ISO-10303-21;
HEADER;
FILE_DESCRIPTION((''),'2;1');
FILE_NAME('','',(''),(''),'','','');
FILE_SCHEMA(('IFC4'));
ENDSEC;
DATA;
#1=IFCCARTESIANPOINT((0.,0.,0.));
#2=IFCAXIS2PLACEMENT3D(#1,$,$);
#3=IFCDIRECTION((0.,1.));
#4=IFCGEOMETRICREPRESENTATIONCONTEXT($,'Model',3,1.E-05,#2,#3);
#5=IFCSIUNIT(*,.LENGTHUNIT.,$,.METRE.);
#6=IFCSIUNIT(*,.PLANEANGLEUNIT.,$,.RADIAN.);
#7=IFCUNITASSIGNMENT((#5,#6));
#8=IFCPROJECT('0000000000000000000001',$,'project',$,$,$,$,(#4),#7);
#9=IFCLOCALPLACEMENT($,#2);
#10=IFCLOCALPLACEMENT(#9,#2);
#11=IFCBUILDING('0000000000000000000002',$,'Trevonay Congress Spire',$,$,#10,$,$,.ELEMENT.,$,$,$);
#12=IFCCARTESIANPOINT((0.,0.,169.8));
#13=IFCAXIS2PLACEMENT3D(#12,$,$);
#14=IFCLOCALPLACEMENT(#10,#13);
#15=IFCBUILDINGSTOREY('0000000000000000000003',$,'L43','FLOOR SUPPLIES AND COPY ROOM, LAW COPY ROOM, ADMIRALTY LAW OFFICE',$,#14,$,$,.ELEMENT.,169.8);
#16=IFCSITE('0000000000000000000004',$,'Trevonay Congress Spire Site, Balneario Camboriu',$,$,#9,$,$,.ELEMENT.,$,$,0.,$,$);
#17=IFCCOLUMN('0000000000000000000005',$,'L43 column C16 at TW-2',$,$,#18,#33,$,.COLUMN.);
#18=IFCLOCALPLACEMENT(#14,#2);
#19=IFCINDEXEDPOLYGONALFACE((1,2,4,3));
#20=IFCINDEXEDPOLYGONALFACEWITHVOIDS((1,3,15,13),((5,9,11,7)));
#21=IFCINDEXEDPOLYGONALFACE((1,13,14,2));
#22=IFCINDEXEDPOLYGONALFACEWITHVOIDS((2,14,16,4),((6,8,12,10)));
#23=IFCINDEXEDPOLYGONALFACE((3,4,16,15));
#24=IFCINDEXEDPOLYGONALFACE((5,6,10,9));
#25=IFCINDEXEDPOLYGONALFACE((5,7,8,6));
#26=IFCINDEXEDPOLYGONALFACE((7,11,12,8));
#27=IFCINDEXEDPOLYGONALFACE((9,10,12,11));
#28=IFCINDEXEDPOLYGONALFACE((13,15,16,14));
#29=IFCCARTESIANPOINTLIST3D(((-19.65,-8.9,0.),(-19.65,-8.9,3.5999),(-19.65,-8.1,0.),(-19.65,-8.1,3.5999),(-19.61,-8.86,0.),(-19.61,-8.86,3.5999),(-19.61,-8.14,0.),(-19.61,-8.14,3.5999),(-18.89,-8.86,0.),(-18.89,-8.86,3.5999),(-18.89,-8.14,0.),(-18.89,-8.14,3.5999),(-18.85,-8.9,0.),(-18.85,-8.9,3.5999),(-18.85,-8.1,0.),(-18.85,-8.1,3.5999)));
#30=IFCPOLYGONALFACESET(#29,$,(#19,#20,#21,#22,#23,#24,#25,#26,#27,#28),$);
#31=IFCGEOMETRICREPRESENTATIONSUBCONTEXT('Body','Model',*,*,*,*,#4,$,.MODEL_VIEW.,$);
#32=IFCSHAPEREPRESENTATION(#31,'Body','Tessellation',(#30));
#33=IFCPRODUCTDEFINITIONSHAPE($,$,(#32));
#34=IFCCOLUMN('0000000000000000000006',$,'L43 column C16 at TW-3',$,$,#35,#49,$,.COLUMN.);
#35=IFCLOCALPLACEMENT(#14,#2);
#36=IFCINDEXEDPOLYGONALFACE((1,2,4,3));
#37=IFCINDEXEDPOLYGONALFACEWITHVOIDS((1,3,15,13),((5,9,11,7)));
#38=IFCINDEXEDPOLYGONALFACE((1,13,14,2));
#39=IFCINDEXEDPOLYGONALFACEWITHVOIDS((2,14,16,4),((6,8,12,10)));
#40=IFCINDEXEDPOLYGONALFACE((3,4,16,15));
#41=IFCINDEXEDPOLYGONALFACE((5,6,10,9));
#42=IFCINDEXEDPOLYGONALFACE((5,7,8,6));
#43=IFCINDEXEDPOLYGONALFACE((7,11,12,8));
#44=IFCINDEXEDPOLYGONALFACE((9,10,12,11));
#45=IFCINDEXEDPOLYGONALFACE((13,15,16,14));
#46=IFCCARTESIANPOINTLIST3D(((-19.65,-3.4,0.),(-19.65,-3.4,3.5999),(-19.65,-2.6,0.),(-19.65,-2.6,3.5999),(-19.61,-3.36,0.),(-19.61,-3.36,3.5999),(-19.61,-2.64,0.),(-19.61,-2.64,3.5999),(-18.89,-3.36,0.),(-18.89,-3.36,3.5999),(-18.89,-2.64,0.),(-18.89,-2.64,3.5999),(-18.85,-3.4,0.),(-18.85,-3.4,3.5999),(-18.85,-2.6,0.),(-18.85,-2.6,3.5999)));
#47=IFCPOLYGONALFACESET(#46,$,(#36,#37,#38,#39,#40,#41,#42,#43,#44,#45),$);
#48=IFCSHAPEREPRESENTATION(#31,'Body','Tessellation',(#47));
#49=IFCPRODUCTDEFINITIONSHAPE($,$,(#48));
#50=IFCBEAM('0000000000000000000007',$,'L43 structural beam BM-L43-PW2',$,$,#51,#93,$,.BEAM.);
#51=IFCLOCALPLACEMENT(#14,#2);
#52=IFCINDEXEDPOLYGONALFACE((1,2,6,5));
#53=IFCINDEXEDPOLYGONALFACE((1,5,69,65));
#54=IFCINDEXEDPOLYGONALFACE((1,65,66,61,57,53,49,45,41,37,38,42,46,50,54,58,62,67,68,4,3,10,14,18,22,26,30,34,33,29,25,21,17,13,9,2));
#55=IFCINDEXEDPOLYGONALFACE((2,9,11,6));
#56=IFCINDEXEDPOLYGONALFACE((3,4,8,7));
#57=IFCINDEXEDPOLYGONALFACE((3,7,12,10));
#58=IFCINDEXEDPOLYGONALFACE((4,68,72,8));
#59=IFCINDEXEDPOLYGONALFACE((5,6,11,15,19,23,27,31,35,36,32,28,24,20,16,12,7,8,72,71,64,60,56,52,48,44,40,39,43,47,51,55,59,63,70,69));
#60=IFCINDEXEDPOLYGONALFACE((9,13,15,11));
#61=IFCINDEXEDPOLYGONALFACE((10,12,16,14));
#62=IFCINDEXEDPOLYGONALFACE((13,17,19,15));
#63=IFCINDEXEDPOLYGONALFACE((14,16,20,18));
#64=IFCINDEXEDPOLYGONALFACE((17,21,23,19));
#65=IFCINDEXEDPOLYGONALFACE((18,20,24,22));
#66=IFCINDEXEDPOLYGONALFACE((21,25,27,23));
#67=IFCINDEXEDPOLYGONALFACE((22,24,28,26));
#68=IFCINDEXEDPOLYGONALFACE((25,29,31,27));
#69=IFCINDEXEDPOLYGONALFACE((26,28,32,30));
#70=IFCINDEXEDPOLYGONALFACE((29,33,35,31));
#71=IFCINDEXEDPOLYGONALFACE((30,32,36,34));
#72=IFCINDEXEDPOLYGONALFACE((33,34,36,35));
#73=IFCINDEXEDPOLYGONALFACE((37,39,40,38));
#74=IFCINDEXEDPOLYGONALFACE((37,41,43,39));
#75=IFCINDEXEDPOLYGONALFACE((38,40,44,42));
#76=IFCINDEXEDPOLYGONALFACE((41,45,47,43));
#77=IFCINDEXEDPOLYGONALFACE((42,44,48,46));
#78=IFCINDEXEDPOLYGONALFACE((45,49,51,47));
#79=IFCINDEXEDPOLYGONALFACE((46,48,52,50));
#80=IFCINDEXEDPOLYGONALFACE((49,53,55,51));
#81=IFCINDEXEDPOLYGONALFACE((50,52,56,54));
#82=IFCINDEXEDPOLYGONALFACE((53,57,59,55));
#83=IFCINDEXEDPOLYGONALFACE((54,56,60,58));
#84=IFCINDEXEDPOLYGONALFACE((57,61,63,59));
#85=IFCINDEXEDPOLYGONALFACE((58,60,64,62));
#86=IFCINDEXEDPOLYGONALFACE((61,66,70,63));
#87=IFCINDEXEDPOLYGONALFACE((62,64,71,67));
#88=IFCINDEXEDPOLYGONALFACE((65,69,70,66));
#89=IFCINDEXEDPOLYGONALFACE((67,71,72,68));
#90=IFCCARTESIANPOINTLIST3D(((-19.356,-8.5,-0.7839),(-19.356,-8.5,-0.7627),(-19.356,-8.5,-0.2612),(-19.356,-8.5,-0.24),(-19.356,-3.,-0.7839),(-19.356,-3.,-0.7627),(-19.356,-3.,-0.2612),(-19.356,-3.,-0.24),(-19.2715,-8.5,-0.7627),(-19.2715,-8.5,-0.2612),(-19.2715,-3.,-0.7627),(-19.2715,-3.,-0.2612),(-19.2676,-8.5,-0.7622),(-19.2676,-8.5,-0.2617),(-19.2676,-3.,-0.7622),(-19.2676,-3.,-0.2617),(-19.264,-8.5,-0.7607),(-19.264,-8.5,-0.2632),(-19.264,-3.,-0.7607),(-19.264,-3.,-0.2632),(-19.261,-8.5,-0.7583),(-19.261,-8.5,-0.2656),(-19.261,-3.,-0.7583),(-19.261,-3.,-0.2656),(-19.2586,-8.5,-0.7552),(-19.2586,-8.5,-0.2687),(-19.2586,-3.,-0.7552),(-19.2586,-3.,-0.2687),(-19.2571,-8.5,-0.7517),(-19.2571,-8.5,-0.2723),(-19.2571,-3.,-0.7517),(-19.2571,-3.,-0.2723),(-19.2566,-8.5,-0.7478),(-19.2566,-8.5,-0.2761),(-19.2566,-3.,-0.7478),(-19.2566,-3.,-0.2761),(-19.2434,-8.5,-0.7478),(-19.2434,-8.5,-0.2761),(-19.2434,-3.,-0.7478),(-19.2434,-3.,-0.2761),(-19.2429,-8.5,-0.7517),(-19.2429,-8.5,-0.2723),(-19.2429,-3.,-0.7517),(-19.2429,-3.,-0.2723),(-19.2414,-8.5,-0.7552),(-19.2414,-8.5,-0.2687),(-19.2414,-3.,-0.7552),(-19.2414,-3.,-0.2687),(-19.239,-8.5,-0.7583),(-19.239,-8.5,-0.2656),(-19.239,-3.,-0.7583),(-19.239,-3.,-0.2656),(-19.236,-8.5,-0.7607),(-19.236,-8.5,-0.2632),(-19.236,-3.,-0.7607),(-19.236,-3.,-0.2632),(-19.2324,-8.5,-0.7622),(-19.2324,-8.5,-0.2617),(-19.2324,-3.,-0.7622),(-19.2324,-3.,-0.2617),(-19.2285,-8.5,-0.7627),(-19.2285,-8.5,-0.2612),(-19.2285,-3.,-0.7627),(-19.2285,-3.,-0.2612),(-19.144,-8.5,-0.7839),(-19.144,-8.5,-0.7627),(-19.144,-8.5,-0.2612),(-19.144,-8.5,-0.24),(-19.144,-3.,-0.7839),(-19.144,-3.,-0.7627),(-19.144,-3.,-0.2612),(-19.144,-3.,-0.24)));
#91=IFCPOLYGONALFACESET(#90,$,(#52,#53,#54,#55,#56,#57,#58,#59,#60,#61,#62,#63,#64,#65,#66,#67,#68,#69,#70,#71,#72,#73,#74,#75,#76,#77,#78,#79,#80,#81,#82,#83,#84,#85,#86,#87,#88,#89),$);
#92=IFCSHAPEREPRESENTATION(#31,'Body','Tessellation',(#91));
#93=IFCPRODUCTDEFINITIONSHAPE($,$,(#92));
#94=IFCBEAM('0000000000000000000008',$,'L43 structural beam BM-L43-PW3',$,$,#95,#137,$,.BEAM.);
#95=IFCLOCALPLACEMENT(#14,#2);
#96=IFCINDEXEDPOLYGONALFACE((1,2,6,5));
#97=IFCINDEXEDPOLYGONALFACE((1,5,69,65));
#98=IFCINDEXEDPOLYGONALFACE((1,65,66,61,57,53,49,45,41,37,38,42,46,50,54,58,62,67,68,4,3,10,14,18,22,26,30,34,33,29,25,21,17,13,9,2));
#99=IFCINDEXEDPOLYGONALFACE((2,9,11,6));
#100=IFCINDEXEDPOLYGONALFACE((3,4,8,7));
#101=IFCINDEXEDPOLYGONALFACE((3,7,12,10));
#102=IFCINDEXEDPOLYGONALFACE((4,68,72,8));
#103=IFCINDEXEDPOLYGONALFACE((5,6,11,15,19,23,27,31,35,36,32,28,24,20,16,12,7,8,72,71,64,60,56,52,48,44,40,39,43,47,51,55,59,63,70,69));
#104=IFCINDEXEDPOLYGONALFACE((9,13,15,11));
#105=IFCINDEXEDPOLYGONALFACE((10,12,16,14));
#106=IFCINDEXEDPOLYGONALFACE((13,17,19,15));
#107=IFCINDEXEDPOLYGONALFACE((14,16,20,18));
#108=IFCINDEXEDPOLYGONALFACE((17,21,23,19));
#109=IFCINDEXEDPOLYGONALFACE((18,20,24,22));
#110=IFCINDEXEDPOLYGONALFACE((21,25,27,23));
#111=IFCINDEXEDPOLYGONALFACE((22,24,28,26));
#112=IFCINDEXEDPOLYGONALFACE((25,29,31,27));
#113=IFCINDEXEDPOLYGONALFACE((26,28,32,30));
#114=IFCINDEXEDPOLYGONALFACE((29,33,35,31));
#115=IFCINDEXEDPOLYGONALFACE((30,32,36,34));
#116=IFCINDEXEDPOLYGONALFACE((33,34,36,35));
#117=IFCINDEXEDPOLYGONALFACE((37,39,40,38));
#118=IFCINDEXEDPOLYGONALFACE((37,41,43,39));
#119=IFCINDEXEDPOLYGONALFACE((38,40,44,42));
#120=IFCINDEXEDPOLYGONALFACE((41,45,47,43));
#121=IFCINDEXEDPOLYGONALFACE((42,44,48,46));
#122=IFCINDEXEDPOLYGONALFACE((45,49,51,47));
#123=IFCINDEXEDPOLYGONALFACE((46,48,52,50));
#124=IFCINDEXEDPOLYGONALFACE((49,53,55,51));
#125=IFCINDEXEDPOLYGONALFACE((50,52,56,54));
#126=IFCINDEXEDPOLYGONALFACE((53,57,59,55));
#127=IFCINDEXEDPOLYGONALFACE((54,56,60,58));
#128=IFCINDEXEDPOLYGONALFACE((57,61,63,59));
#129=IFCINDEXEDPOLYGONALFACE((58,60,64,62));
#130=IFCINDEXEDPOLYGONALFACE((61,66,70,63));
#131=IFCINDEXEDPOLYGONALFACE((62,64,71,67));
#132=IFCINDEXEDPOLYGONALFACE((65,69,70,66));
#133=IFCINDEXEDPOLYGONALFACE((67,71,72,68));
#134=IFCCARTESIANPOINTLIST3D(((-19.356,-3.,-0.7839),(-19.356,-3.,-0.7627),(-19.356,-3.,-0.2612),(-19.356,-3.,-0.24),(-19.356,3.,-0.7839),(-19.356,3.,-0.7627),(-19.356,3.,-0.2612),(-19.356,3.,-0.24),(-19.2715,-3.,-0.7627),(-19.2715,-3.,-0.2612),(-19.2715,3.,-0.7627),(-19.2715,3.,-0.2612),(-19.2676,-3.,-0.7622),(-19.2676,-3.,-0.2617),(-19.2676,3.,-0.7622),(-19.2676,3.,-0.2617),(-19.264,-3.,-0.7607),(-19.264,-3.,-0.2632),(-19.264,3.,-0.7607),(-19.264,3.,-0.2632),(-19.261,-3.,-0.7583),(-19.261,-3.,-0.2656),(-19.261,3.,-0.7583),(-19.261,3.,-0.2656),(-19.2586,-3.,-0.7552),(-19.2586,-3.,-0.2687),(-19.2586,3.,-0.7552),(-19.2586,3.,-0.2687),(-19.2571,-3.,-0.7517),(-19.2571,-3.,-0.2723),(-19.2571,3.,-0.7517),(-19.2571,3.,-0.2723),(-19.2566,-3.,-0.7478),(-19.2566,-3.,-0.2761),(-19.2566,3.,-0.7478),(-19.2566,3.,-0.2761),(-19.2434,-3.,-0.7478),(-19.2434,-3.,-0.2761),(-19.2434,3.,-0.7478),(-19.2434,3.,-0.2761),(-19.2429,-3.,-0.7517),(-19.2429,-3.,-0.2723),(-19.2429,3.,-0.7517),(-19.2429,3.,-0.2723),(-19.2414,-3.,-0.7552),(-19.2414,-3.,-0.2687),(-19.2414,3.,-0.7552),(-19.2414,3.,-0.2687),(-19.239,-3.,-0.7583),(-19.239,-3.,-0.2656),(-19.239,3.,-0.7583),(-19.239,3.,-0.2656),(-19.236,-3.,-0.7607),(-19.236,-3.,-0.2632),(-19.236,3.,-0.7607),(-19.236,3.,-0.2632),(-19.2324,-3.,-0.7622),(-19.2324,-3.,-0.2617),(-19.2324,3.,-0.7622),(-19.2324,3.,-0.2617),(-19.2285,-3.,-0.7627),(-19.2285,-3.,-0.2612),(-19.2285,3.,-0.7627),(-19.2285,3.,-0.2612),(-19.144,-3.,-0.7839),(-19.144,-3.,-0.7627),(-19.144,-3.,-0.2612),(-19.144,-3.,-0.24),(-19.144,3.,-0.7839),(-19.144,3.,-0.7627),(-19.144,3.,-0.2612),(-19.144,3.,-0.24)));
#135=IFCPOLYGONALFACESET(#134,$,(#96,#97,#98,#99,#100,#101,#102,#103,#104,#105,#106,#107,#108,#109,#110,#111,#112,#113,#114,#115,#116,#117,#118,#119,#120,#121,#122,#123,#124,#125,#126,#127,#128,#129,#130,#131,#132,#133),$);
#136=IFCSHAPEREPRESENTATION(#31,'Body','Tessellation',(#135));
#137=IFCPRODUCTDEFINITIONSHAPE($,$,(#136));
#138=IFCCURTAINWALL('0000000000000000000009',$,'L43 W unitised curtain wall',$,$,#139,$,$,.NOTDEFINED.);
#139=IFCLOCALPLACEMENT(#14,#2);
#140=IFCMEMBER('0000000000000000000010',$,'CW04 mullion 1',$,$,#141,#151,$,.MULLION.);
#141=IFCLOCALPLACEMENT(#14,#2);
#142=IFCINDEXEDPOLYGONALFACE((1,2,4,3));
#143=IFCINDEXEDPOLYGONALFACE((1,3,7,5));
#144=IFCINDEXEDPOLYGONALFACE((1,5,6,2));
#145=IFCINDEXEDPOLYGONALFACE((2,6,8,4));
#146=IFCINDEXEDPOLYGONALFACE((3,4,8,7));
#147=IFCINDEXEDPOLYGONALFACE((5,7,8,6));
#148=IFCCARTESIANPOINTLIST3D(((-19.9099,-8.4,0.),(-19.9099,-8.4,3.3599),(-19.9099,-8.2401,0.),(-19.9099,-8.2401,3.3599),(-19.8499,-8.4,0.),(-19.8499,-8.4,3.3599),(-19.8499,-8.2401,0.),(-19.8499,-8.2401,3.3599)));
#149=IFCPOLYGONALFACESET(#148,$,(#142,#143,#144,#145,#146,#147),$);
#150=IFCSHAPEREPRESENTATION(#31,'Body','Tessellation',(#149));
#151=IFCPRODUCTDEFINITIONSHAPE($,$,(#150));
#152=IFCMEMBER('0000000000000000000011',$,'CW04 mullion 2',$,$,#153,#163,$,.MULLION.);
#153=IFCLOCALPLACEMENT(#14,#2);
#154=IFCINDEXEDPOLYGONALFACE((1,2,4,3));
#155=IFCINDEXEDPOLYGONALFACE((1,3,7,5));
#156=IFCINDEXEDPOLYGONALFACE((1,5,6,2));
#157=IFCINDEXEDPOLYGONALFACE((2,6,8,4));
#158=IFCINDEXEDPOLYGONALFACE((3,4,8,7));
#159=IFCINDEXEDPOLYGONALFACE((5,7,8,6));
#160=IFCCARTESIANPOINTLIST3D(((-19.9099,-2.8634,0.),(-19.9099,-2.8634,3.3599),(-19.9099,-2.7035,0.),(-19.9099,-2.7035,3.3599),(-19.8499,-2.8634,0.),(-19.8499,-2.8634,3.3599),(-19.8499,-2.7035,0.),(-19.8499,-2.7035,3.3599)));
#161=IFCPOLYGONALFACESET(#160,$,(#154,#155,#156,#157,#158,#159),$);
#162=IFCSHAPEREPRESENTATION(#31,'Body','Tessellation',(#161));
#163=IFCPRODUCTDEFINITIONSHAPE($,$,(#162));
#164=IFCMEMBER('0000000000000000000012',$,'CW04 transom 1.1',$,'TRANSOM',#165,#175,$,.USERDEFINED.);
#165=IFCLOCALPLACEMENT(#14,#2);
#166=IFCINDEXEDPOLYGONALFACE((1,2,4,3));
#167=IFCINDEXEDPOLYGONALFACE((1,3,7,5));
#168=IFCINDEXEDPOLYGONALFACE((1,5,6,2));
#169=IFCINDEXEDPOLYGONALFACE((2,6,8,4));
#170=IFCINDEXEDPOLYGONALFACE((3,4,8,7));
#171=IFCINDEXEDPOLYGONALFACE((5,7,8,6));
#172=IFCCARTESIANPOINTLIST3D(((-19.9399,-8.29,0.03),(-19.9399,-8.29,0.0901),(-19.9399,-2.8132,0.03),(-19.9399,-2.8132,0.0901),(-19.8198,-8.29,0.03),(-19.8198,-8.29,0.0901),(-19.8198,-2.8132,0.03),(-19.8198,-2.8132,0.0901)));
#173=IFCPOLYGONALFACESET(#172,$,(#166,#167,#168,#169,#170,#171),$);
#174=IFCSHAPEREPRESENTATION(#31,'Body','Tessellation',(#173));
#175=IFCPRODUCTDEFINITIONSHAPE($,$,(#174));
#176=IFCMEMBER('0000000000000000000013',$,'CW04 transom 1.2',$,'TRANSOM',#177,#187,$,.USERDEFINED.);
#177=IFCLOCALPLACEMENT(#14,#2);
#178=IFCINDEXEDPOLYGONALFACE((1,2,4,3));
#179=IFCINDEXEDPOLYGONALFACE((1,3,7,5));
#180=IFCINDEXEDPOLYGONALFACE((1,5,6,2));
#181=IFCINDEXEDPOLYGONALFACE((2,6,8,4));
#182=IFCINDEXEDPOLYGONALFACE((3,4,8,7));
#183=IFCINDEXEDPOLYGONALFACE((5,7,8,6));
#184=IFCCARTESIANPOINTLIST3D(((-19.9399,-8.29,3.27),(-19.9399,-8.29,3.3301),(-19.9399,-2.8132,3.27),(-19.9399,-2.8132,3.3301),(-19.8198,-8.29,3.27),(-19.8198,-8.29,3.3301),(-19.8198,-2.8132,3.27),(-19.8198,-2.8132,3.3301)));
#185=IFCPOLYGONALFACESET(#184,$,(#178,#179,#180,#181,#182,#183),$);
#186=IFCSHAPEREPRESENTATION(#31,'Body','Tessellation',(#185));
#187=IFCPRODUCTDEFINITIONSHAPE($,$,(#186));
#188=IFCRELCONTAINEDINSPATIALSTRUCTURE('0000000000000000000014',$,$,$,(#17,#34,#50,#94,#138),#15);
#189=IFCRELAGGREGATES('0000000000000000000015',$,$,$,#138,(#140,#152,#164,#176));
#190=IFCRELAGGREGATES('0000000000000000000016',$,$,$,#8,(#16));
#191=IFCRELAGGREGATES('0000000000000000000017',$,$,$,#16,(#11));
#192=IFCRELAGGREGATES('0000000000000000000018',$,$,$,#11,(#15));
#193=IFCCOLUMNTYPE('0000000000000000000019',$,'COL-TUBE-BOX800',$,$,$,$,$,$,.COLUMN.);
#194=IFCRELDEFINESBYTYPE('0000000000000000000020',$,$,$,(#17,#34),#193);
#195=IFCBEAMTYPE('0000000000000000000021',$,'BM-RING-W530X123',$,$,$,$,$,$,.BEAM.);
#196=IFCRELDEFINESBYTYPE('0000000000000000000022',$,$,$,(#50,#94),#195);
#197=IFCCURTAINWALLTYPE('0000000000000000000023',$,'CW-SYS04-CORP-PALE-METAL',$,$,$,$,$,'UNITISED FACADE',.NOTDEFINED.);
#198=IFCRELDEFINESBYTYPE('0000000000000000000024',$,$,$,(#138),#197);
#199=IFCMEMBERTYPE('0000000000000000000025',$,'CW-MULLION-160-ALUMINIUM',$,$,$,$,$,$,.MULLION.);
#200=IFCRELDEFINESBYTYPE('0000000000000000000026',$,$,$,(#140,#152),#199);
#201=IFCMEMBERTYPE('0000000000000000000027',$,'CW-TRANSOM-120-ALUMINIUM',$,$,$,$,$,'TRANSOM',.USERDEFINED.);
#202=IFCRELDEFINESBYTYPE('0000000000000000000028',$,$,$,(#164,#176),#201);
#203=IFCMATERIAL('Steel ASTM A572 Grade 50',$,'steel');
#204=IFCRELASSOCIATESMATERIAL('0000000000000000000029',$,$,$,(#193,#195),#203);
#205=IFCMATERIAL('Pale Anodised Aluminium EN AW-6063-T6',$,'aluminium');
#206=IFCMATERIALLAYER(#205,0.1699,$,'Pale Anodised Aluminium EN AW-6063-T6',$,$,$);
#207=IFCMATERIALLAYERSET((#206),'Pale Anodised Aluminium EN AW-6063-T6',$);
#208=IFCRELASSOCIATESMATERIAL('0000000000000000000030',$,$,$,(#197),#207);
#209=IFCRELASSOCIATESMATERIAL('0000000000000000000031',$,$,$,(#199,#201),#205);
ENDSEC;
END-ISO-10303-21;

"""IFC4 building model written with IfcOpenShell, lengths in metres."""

from ifc_helpers import new_model, si_unit, direction, frame, origin, origin_2d, place, context, subcontext, project, spatial, rectangle, hollow_rectangle, i_section, extrude, material, layer, layer_set, material_profile, profile_set, type_object, element, aggregate, save


model = new_model("IFC4")

# Units and contexts
model_context = context("Model", 3, precision=1e-05, world=origin(), true_north=direction((0.0, 1.0)))
body_context = subcontext(model_context, "Body", "Model", "MODEL_VIEW")
ifc_project = project(units=[si_unit("LENGTHUNIT", "METRE"), si_unit("PLANEANGLEUNIT", "RADIAN")], contexts=[model_context])

# Site, building, storey
site_placement = place(None, origin())
site = spatial("IfcSite", under=ifc_project, at=site_placement, Name="Trevonay Congress Spire Site, Balneario Camboriu", CompositionType="ELEMENT", RefElevation=0.0)
building_placement = place(site_placement, origin())
building = spatial("IfcBuilding", under=site, at=building_placement, Name="Trevonay Congress Spire", CompositionType="ELEMENT")
storey_placement = place(building_placement, frame((0.0, 0.0, 169.8)))
storey = spatial("IfcBuildingStorey", under=building, at=storey_placement, Name="L43", Description="FLOOR SUPPLIES AND COPY ROOM, LAW COPY ROOM, ADMIRALTY LAW OFFICE", CompositionType="ELEMENT", Elevation=169.8)

# Columns
ifc_material_1 = material(Name="Steel ASTM A572 Grade 50", Category="steel")
ifc_material_profile_1 = material_profile(ifc_material_1, hollow_rectangle(XDim=0.8, YDim=0.8, WallThickness=0.04, at=origin_2d()), Name="BOX 800x800x40")
ifc_profile_set_1 = profile_set([ifc_material_profile_1], Name="Steel ASTM A572 Grade 50")
column_type = type_object("IfcColumnType", Name="COL-TUBE-BOX800", PredefinedType="COLUMN", material=ifc_profile_set_1)
for number, where, z_axis, x_axis, name in (
    (1, (-19.25, -8.5, 0.0), (0.0, 0.0, 1.0), (1.0, 0.0, 0.0), "L43 column C16 at TW-2"),
    (2, (-19.25, -3.0, 0.0), (0.0, 0.0, 1.0), (1.0, 0.0, 0.0), "L43 column C16 at TW-3"),
):
    element("IfcColumn", number, at=place(storey_placement, frame(where, z_axis=z_axis, x_axis=x_axis)), inside=storey, type_object=column_type, Name=name, PredefinedType="COLUMN", context=body_context, shape_type="SweptSolid", body=[
        extrude(hollow_rectangle(XDim=0.8, YDim=0.8, WallThickness=0.04, at=origin_2d()), origin(), (0.0, 0.0, 1.0), 3.5999),
    ])

# Beams
ifc_material_profile_2 = material_profile(ifc_material_1, i_section(OverallWidth=0.2119, OverallDepth=0.5439, WebThickness=0.0132, FlangeThickness=0.0212, FilletRadius=0.0149, at=origin_2d()), Name="W530x123")
ifc_profile_set_2 = profile_set([ifc_material_profile_2], Name="Steel ASTM A572 Grade 50")
beam_type = type_object("IfcBeamType", Name="BM-RING-W530X123", PredefinedType="BEAM", material=ifc_profile_set_2)
beam_1_placement = place(storey_placement, frame((-19.25, -8.5, -0.512), z_axis=(0.0, 1.0, 0.0), x_axis=(-1.0, 0.0, 0.0)))
element("IfcBeam", 3, at=beam_1_placement, inside=storey, type_object=beam_type, Name="L43 structural beam BM-L43-PW2", PredefinedType="BEAM", context=body_context, shape_type="SweptSolid", body=[
    extrude(i_section(OverallWidth=0.2119, OverallDepth=0.5439, WebThickness=0.0132, FlangeThickness=0.0212, FilletRadius=0.0149, at=origin_2d()), origin(), (0.0, 0.0, 1.0), 5.5),
])
beam_2_placement = place(storey_placement, frame((-19.25, -3.0, -0.512), z_axis=(0.0, 1.0, 0.0), x_axis=(-1.0, 0.0, 0.0)))
element("IfcBeam", 4, at=beam_2_placement, inside=storey, type_object=beam_type, Name="L43 structural beam BM-L43-PW3", PredefinedType="BEAM", context=body_context, shape_type="SweptSolid", body=[
    extrude(i_section(OverallWidth=0.2119, OverallDepth=0.5439, WebThickness=0.0132, FlangeThickness=0.0212, FilletRadius=0.0149, at=origin_2d()), origin(), (0.0, 0.0, 1.0), 6.0),
])

# Curtain wall, members
ifc_material_2 = material(Name="Pale Anodised Aluminium EN AW-6063-T6", Category="aluminium")
ifc_layer_1 = layer(ifc_material_2, 0.1699, Name="Pale Anodised Aluminium EN AW-6063-T6")
ifc_layer_set_1 = layer_set([ifc_layer_1], Name="Pale Anodised Aluminium EN AW-6063-T6")
curtain_wall_type = type_object("IfcCurtainWallType", Name="CW-SYS04-CORP-PALE-METAL", ElementType="UNITISED FACADE", PredefinedType="NOTDEFINED", material=ifc_layer_set_1)
curtain_wall_placement = place(storey_placement, origin())
curtain_wall = element("IfcCurtainWall", 5, at=curtain_wall_placement, inside=storey, type_object=curtain_wall_type, Name="L43 W unitised curtain wall", PredefinedType="NOTDEFINED")
ifc_material_profile_3 = material_profile(ifc_material_2, rectangle(XDim=0.0601, YDim=0.1599, at=origin_2d()), Name="CW-MULLION-160-ALUMINIUM")
ifc_profile_set_3 = profile_set([ifc_material_profile_3], Name="Pale Anodised Aluminium EN AW-6063-T6")
member_type_1 = type_object("IfcMemberType", Name="CW-MULLION-160-ALUMINIUM", PredefinedType="MULLION", material=ifc_profile_set_3)
member_1_placement = place(storey_placement, frame((-19.8799, -8.3201, 0.0), z_axis=(0.0, 0.0, 1.0), x_axis=(-1.0, 0.0, 0.0)))
member_1 = element("IfcMember", 6, at=member_1_placement, type_object=member_type_1, Name="CW04 mullion 1", PredefinedType="MULLION", context=body_context, shape_type="SweptSolid", body=[
    extrude(rectangle(XDim=0.0601, YDim=0.1599, at=origin_2d()), origin(), (0.0, 0.0, 1.0), 3.3599),
])
member_2_placement = place(storey_placement, frame((-19.8799, -2.7834, 0.0), z_axis=(0.0, 0.0, 1.0), x_axis=(-1.0, 0.0, 0.0)))
member_2 = element("IfcMember", 7, at=member_2_placement, type_object=member_type_1, Name="CW04 mullion 2", PredefinedType="MULLION", context=body_context, shape_type="SweptSolid", body=[
    extrude(rectangle(XDim=0.0601, YDim=0.1599, at=origin_2d()), origin(), (0.0, 0.0, 1.0), 3.3599),
])
ifc_material_profile_4 = material_profile(ifc_material_2, rectangle(XDim=0.1201, YDim=0.0601, at=origin_2d()), Name="CW-TRANSOM-120-ALUMINIUM")
ifc_profile_set_4 = profile_set([ifc_material_profile_4], Name="Pale Anodised Aluminium EN AW-6063-T6")
member_type_2 = type_object("IfcMemberType", Name="CW-TRANSOM-120-ALUMINIUM", ElementType="TRANSOM", PredefinedType="USERDEFINED", material=ifc_profile_set_4)
member_3_placement = place(storey_placement, frame((-19.8799, -8.29, 0.0601), z_axis=(0.0, 1.0, 0.0), x_axis=(-1.0, 0.0, 0.0)))
member_3 = element("IfcMember", 8, at=member_3_placement, type_object=member_type_2, Name="CW04 transom 1.1", ObjectType="TRANSOM", PredefinedType="USERDEFINED", context=body_context, shape_type="SweptSolid", body=[
    extrude(rectangle(XDim=0.1201, YDim=0.0601, at=origin_2d()), origin(), (0.0, 0.0, 1.0), 5.4768),
])
member_4_placement = place(storey_placement, frame((-19.8799, -8.29, 3.3), z_axis=(0.0, 1.0, 0.0), x_axis=(-1.0, 0.0, 0.0)))
member_4 = element("IfcMember", 9, at=member_4_placement, type_object=member_type_2, Name="CW04 transom 1.2", ObjectType="TRANSOM", PredefinedType="USERDEFINED", context=body_context, shape_type="SweptSolid", body=[
    extrude(rectangle(XDim=0.1201, YDim=0.0601, at=origin_2d()), origin(), (0.0, 0.0, 1.0), 5.4768),
])
aggregate(curtain_wall, [member_1, member_2, member_3, member_4])

save(model, "model.ifc")
